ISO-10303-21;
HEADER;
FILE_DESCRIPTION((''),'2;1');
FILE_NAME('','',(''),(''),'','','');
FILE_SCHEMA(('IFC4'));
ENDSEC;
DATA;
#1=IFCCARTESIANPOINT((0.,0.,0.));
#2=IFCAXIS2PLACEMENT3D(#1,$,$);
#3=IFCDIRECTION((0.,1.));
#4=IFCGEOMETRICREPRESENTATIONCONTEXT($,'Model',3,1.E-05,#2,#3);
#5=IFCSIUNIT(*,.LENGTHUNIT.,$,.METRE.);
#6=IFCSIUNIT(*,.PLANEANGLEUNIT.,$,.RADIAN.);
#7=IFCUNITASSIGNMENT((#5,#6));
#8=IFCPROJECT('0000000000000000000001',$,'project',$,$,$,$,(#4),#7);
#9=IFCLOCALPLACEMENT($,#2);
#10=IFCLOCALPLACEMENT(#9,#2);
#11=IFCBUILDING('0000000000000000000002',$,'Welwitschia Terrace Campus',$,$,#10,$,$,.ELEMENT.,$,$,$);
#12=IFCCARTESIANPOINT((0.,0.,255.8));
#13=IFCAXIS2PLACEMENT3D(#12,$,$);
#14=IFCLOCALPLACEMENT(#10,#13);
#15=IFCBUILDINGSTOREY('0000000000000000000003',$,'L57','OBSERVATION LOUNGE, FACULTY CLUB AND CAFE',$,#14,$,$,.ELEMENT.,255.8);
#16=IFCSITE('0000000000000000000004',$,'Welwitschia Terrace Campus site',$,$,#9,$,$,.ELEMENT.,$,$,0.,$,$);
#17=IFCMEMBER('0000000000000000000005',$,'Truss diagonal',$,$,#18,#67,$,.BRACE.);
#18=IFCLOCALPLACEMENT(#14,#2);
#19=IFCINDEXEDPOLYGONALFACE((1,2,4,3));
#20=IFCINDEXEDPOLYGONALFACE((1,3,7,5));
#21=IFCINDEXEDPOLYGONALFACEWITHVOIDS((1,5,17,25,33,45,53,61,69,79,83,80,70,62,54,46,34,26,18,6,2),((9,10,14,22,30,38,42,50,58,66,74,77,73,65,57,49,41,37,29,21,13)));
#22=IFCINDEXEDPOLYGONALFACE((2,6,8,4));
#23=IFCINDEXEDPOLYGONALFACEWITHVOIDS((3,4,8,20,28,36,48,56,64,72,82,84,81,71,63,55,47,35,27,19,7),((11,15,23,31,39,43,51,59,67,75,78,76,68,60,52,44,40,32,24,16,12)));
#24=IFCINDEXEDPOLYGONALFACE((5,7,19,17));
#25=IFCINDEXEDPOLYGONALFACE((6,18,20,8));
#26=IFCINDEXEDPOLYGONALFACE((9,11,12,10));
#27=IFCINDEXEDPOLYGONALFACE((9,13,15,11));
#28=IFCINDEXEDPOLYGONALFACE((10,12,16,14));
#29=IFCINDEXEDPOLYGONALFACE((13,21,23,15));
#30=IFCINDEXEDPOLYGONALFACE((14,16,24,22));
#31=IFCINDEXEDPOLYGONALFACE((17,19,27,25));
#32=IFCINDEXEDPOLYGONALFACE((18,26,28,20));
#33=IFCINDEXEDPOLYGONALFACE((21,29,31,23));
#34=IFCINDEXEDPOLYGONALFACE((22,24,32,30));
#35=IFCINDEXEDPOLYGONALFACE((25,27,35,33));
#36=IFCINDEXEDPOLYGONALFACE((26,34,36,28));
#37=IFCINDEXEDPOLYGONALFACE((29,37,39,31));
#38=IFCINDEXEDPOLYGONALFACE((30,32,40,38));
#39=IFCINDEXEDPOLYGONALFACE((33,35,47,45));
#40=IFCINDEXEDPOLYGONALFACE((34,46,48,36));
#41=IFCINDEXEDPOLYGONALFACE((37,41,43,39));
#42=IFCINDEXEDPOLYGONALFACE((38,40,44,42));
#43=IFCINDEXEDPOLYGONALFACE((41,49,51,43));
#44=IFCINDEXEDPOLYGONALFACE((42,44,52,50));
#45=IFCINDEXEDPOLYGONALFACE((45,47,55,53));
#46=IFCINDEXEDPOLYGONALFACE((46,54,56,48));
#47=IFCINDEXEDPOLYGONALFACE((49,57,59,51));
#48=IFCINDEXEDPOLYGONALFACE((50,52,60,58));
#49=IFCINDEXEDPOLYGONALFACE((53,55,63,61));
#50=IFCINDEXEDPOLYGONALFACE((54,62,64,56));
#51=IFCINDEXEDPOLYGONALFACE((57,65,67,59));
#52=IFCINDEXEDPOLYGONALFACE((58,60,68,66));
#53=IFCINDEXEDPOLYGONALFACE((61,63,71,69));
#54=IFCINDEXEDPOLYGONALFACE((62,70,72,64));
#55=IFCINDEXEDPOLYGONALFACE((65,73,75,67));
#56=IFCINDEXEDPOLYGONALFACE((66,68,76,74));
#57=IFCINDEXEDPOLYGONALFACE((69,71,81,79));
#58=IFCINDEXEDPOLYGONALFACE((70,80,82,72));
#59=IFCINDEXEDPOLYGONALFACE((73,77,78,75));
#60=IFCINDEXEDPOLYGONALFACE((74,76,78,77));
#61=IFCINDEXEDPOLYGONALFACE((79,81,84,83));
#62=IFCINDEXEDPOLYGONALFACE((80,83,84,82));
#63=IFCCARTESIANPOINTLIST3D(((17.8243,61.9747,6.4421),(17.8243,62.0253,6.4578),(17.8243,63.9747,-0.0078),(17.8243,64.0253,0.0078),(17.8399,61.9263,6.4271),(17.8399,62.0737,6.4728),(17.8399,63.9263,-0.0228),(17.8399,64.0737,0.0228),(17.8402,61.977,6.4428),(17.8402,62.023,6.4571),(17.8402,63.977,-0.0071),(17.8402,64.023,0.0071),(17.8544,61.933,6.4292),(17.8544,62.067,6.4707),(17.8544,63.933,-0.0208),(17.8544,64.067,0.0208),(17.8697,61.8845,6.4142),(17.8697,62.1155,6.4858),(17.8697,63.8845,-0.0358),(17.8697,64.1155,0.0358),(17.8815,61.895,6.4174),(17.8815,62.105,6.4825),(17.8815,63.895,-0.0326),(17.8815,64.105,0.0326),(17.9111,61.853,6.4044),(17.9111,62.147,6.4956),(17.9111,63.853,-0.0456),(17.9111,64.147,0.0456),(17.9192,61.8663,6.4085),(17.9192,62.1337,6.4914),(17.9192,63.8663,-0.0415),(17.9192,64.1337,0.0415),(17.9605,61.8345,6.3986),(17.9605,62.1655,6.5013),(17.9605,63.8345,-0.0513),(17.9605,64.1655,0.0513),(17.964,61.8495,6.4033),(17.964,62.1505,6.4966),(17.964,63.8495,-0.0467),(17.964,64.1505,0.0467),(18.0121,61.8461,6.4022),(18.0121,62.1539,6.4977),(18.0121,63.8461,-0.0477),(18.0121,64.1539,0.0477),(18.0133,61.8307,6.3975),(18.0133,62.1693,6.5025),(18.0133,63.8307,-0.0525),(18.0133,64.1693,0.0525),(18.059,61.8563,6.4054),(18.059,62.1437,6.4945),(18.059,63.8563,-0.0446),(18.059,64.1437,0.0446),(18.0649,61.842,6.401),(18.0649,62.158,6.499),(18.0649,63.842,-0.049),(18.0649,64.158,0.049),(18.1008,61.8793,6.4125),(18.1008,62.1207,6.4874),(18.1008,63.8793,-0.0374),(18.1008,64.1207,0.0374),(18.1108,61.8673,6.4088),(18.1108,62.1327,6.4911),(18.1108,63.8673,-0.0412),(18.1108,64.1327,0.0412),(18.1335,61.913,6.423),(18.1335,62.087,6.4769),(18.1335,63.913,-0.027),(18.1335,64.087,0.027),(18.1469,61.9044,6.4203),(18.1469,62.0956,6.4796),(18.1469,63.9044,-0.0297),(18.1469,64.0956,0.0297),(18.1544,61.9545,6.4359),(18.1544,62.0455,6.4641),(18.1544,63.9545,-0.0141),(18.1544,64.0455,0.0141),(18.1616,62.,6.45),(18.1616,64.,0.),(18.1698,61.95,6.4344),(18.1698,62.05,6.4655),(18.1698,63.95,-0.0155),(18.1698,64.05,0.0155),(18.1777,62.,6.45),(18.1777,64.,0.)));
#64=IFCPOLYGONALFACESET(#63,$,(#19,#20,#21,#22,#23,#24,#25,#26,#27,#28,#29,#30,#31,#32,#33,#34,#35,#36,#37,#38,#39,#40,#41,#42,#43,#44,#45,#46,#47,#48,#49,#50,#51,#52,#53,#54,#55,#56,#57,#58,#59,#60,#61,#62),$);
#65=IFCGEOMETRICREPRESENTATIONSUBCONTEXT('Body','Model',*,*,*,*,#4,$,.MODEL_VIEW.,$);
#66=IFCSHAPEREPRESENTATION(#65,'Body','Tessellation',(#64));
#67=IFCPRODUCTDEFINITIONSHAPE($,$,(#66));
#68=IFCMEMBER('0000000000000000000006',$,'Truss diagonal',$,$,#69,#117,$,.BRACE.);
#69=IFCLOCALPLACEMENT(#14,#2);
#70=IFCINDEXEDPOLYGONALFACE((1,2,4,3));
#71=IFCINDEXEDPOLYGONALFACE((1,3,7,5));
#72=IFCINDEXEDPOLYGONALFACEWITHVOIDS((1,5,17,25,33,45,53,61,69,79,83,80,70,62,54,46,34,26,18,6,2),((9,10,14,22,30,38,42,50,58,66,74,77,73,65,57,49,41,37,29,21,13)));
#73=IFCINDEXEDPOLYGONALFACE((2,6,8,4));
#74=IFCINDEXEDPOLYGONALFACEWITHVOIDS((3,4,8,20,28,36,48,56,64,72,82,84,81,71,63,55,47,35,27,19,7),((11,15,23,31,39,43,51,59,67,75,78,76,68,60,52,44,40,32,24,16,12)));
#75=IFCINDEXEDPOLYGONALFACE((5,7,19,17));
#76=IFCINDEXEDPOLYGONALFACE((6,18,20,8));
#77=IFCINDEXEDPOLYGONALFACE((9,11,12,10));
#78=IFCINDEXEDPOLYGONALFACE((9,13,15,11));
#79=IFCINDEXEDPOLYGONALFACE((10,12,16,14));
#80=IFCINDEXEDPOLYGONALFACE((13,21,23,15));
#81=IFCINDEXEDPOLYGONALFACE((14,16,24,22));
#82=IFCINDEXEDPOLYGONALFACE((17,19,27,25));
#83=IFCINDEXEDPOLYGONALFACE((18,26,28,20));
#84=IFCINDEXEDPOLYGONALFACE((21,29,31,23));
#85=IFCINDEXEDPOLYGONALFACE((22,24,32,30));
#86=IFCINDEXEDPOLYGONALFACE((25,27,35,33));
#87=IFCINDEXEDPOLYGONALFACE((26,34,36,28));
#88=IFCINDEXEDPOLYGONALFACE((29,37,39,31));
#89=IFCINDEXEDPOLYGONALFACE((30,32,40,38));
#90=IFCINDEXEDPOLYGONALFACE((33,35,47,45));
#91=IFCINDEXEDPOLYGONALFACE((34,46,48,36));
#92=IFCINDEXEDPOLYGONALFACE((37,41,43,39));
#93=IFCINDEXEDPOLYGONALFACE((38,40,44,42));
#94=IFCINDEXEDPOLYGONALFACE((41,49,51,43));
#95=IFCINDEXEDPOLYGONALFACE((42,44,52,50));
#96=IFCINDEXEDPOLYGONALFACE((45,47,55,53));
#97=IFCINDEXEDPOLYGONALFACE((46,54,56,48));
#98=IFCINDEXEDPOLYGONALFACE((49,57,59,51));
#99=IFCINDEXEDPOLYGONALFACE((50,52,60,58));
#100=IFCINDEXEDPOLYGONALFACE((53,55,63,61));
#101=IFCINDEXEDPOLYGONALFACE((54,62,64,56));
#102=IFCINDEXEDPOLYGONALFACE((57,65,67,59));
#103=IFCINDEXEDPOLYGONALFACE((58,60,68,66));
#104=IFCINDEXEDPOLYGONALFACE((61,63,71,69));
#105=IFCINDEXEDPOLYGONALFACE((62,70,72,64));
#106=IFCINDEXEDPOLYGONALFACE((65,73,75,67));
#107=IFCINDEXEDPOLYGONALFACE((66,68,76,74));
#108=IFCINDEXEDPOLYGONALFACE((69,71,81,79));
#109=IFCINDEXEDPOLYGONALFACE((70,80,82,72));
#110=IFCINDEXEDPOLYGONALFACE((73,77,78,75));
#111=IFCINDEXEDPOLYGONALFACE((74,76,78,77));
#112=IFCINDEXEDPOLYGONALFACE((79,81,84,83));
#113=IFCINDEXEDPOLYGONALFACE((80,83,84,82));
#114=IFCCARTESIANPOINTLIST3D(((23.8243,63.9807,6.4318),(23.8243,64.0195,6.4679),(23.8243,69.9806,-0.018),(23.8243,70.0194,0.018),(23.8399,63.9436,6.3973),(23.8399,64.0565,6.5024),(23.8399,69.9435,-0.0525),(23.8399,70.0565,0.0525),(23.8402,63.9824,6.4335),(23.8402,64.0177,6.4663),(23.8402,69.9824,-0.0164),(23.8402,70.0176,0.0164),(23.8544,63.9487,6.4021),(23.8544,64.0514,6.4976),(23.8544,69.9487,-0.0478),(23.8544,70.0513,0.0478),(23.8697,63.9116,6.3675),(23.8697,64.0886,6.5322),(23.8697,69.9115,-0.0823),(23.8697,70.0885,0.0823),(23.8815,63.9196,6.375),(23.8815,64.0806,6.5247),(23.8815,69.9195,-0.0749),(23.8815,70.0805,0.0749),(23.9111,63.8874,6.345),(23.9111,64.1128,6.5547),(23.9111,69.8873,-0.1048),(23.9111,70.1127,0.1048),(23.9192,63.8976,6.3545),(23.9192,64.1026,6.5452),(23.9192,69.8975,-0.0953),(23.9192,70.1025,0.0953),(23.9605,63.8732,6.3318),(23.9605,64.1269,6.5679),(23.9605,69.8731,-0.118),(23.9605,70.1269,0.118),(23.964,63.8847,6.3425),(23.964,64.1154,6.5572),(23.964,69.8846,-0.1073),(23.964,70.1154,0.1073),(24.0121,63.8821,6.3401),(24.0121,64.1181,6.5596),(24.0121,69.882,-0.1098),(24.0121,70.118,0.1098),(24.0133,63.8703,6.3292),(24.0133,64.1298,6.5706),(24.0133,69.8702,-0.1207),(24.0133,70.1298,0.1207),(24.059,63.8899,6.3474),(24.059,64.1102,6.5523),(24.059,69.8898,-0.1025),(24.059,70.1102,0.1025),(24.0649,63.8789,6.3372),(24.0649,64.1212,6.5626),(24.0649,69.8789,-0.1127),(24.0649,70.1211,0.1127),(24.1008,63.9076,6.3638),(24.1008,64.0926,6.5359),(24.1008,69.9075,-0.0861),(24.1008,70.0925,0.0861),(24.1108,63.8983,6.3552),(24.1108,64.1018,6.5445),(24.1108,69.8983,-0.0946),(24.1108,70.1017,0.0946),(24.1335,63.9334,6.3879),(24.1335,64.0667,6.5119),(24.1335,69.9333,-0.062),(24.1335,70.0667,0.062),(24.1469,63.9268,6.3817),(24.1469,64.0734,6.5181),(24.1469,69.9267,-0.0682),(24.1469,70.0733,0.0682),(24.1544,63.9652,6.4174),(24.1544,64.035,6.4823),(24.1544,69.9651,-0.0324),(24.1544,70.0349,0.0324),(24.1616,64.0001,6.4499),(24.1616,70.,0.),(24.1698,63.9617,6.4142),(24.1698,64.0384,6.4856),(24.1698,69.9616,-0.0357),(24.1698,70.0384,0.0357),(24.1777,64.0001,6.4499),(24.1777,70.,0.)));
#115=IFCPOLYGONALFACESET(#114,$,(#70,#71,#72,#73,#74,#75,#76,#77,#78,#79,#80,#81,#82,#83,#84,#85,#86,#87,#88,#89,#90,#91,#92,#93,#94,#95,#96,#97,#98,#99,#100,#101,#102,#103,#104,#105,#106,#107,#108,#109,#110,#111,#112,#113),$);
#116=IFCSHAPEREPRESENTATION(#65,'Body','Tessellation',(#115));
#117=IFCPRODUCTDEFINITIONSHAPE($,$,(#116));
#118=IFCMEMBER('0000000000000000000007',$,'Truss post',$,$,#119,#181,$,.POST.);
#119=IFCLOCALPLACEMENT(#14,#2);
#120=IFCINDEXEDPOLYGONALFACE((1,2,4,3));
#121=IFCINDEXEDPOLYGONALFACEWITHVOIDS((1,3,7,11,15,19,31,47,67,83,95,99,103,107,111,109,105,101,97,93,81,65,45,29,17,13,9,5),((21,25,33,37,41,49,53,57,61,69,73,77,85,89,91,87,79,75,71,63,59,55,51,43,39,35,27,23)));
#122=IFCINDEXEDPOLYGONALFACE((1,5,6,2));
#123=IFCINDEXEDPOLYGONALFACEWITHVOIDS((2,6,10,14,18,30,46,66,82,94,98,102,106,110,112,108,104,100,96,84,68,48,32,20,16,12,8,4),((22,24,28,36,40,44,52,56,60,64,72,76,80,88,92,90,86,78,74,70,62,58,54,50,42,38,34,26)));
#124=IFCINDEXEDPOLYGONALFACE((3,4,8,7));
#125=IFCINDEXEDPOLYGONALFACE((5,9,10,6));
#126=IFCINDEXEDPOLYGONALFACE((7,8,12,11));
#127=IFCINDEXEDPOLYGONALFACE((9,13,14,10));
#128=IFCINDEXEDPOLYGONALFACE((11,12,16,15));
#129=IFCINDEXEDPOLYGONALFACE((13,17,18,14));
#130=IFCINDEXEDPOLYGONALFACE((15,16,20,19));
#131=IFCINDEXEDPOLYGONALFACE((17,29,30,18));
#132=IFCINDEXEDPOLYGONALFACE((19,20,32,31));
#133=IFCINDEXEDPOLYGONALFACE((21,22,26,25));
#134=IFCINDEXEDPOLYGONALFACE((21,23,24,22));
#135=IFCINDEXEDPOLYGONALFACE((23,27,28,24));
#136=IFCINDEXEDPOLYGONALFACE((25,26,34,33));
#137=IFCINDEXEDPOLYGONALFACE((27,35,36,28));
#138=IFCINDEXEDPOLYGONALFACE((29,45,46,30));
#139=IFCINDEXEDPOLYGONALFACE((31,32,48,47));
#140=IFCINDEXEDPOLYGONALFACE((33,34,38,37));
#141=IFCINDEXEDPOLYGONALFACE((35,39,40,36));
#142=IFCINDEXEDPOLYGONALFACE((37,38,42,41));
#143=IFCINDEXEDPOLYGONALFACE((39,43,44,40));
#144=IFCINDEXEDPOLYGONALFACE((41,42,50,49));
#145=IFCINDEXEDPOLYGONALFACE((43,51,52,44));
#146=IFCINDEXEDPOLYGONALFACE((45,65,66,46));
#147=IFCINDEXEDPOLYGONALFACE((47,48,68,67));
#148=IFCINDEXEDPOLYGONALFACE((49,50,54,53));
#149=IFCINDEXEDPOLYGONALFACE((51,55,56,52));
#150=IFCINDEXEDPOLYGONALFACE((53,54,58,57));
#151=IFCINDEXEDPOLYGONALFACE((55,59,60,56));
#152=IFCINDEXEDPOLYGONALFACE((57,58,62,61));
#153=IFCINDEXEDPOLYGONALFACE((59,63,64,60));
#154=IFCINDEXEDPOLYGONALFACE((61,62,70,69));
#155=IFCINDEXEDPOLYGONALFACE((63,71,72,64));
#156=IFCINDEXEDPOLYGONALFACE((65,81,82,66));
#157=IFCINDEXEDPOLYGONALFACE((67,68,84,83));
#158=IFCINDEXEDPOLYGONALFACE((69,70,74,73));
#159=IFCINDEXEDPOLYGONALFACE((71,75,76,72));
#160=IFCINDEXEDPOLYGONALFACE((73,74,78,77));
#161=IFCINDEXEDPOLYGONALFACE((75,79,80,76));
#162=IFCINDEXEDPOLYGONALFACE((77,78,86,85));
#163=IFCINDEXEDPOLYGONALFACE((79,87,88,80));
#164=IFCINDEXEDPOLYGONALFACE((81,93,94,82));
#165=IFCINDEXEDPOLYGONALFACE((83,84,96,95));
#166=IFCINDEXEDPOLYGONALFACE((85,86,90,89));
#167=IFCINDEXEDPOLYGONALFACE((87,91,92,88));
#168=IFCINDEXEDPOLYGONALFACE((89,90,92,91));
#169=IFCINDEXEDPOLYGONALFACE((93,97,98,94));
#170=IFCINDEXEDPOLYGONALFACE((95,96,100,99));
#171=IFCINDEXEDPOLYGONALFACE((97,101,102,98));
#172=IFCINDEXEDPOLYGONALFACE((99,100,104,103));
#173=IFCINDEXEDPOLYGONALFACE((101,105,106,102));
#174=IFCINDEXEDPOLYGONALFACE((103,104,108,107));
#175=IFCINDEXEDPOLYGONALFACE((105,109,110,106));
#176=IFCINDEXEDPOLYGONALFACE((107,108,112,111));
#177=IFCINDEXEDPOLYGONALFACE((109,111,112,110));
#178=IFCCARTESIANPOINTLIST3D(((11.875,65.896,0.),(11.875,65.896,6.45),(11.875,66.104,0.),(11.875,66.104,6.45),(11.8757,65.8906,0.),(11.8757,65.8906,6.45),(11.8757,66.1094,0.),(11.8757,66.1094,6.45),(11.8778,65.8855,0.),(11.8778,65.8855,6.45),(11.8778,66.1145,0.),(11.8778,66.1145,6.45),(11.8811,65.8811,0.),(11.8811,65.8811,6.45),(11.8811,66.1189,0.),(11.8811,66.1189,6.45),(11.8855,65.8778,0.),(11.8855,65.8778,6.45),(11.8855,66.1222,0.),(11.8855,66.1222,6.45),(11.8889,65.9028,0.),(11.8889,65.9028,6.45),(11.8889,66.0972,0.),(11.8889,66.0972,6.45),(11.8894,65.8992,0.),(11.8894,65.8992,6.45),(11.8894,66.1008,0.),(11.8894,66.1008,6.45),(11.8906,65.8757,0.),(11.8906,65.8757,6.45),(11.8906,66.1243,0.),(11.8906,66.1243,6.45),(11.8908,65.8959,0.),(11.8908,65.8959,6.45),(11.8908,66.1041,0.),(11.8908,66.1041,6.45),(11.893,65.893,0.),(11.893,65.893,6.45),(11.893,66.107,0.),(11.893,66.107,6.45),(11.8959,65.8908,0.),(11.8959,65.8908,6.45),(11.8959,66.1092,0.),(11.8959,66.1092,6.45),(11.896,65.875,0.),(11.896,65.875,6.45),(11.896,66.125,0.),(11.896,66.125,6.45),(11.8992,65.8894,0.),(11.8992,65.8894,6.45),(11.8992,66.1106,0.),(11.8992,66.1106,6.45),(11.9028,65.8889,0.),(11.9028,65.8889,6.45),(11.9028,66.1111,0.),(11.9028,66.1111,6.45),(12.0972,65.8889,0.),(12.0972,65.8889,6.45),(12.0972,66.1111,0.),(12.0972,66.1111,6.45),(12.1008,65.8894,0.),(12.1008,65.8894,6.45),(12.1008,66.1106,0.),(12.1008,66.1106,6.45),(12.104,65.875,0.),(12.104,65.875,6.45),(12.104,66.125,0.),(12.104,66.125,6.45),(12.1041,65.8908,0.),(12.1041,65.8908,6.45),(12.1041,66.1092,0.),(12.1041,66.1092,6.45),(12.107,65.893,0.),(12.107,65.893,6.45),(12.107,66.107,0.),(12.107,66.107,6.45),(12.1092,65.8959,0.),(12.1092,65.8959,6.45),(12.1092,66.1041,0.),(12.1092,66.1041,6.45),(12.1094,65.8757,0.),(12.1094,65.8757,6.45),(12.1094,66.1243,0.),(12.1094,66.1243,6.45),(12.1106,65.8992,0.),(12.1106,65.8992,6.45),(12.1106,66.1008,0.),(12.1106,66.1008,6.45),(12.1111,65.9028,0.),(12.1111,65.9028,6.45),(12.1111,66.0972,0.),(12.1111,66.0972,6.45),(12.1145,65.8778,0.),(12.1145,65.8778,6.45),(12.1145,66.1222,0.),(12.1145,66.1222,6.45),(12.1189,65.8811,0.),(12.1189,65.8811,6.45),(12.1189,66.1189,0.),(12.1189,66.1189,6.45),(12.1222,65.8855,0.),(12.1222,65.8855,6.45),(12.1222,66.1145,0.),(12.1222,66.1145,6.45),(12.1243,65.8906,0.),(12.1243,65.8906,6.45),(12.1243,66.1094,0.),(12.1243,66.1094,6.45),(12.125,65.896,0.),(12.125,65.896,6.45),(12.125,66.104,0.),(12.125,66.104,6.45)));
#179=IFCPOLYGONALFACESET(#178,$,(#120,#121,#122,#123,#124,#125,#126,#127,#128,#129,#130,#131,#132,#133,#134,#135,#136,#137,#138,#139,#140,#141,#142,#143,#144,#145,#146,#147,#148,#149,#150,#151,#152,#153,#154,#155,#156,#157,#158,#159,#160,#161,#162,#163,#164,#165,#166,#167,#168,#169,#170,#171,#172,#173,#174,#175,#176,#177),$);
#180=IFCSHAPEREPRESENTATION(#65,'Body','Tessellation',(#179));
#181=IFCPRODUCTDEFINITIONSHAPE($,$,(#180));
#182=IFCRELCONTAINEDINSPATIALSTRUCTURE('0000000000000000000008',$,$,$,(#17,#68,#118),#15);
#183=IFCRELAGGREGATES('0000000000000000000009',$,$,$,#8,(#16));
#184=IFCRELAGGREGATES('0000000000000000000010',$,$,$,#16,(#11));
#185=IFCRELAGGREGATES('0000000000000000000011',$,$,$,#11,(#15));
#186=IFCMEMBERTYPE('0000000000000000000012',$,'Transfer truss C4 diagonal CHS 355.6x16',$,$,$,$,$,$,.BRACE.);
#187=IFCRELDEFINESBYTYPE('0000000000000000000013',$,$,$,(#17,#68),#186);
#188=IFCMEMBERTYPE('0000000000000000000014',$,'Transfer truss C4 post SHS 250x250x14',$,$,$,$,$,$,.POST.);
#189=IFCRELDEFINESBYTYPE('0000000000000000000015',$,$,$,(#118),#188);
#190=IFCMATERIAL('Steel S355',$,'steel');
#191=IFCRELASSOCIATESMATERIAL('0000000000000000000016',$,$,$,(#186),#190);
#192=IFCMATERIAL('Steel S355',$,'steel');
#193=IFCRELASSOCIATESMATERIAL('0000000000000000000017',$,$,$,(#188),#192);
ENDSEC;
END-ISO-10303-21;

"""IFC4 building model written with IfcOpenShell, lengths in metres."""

from ifc_helpers import new_model, si_unit, direction, frame, origin, origin_2d, place, context, subcontext, project, spatial, hollow_rectangle, hollow_circle, extrude, material, material_profile, profile_set, type_object, element, save


model = new_model("IFC4")

# Units and contexts
model_context = context("Model", 3, precision=1e-05, world=origin(), true_north=direction((0.0, 1.0)))
body_context = subcontext(model_context, "Body", "Model", "MODEL_VIEW")
ifc_project = project(units=[si_unit("LENGTHUNIT", "METRE"), si_unit("PLANEANGLEUNIT", "RADIAN")], contexts=[model_context])

# Site, building, storey
site_placement = place(None, origin())
site = spatial("IfcSite", under=ifc_project, at=site_placement, Name="Welwitschia Terrace Campus site", CompositionType="ELEMENT", RefElevation=0.0)
building_placement = place(site_placement, origin())
building = spatial("IfcBuilding", under=site, at=building_placement, Name="Welwitschia Terrace Campus", CompositionType="ELEMENT")
storey_placement = place(building_placement, frame((0.0, 0.0, 255.8)))
storey = spatial("IfcBuildingStorey", under=building, at=storey_placement, Name="L57", Description="OBSERVATION LOUNGE, FACULTY CLUB AND CAFE", CompositionType="ELEMENT", Elevation=255.8)

# Members
ifc_material_1 = material(Name="Steel S355", Category="steel")
ifc_material_profile_1 = material_profile(ifc_material_1, hollow_circle(Radius=0.1777, WallThickness=0.0161, at=origin_2d()))
ifc_profile_set_1 = profile_set([ifc_material_profile_1], Name="Steel S355")
member_type_1 = type_object("IfcMemberType", Name="Transfer truss C4 diagonal CHS 355.6x16", PredefinedType="BRACE", material=ifc_profile_set_1)
member_1_placement = place(storey_placement, frame((18.0, 64.0, 0.0), z_axis=(0.0, -0.296168, 0.955136), x_axis=(1.0, 0.0, 0.0)))
element("IfcMember", 1, at=member_1_placement, inside=storey, type_object=member_type_1, Name="Truss diagonal", PredefinedType="BRACE", context=body_context, shape_type="SweptSolid", body=[
    extrude(hollow_circle(Radius=0.1777, WallThickness=0.0161, at=origin_2d()), origin(), (0.0, 0.0, 1.0), 6.7529),
])
member_2_placement = place(storey_placement, frame((24.0, 70.0, 0.0), z_axis=(0.0, -0.681107, 0.732184), x_axis=(1.0, 0.0, 0.0)))
element("IfcMember", 2, at=member_2_placement, inside=storey, type_object=member_type_1, Name="Truss diagonal", PredefinedType="BRACE", context=body_context, shape_type="SweptSolid", body=[
    extrude(hollow_circle(Radius=0.1777, WallThickness=0.0161, at=origin_2d()), origin(), (0.0, 0.0, 1.0), 8.8091),
])
ifc_material_2 = material(Name="Steel S355", Category="steel")
ifc_material_profile_2 = material_profile(ifc_material_2, hollow_rectangle(XDim=0.25, YDim=0.25, WallThickness=0.0139, InnerFilletRadius=0.0139, OuterFilletRadius=0.021, at=origin_2d()))
ifc_profile_set_2 = profile_set([ifc_material_profile_2], Name="Steel S355")
member_type_2 = type_object("IfcMemberType", Name="Transfer truss C4 post SHS 250x250x14", PredefinedType="POST", material=ifc_profile_set_2)
for number, where, z_axis, x_axis, name in (
    (3, (12.0, 66.0, 0.0), (0.0, 0.0, 1.0), (1.0, 0.0, 0.0), "Truss post"),
):
    element("IfcMember", number, at=place(storey_placement, frame(where, z_axis=z_axis, x_axis=x_axis)), inside=storey, type_object=member_type_2, Name=name, PredefinedType="POST", context=body_context, shape_type="SweptSolid", body=[
        extrude(hollow_rectangle(XDim=0.25, YDim=0.25, WallThickness=0.0139, InnerFilletRadius=0.0139, OuterFilletRadius=0.021, at=origin_2d()), origin(), (0.0, 0.0, 1.0), 6.45),
    ])

save(model, "model.ifc")
